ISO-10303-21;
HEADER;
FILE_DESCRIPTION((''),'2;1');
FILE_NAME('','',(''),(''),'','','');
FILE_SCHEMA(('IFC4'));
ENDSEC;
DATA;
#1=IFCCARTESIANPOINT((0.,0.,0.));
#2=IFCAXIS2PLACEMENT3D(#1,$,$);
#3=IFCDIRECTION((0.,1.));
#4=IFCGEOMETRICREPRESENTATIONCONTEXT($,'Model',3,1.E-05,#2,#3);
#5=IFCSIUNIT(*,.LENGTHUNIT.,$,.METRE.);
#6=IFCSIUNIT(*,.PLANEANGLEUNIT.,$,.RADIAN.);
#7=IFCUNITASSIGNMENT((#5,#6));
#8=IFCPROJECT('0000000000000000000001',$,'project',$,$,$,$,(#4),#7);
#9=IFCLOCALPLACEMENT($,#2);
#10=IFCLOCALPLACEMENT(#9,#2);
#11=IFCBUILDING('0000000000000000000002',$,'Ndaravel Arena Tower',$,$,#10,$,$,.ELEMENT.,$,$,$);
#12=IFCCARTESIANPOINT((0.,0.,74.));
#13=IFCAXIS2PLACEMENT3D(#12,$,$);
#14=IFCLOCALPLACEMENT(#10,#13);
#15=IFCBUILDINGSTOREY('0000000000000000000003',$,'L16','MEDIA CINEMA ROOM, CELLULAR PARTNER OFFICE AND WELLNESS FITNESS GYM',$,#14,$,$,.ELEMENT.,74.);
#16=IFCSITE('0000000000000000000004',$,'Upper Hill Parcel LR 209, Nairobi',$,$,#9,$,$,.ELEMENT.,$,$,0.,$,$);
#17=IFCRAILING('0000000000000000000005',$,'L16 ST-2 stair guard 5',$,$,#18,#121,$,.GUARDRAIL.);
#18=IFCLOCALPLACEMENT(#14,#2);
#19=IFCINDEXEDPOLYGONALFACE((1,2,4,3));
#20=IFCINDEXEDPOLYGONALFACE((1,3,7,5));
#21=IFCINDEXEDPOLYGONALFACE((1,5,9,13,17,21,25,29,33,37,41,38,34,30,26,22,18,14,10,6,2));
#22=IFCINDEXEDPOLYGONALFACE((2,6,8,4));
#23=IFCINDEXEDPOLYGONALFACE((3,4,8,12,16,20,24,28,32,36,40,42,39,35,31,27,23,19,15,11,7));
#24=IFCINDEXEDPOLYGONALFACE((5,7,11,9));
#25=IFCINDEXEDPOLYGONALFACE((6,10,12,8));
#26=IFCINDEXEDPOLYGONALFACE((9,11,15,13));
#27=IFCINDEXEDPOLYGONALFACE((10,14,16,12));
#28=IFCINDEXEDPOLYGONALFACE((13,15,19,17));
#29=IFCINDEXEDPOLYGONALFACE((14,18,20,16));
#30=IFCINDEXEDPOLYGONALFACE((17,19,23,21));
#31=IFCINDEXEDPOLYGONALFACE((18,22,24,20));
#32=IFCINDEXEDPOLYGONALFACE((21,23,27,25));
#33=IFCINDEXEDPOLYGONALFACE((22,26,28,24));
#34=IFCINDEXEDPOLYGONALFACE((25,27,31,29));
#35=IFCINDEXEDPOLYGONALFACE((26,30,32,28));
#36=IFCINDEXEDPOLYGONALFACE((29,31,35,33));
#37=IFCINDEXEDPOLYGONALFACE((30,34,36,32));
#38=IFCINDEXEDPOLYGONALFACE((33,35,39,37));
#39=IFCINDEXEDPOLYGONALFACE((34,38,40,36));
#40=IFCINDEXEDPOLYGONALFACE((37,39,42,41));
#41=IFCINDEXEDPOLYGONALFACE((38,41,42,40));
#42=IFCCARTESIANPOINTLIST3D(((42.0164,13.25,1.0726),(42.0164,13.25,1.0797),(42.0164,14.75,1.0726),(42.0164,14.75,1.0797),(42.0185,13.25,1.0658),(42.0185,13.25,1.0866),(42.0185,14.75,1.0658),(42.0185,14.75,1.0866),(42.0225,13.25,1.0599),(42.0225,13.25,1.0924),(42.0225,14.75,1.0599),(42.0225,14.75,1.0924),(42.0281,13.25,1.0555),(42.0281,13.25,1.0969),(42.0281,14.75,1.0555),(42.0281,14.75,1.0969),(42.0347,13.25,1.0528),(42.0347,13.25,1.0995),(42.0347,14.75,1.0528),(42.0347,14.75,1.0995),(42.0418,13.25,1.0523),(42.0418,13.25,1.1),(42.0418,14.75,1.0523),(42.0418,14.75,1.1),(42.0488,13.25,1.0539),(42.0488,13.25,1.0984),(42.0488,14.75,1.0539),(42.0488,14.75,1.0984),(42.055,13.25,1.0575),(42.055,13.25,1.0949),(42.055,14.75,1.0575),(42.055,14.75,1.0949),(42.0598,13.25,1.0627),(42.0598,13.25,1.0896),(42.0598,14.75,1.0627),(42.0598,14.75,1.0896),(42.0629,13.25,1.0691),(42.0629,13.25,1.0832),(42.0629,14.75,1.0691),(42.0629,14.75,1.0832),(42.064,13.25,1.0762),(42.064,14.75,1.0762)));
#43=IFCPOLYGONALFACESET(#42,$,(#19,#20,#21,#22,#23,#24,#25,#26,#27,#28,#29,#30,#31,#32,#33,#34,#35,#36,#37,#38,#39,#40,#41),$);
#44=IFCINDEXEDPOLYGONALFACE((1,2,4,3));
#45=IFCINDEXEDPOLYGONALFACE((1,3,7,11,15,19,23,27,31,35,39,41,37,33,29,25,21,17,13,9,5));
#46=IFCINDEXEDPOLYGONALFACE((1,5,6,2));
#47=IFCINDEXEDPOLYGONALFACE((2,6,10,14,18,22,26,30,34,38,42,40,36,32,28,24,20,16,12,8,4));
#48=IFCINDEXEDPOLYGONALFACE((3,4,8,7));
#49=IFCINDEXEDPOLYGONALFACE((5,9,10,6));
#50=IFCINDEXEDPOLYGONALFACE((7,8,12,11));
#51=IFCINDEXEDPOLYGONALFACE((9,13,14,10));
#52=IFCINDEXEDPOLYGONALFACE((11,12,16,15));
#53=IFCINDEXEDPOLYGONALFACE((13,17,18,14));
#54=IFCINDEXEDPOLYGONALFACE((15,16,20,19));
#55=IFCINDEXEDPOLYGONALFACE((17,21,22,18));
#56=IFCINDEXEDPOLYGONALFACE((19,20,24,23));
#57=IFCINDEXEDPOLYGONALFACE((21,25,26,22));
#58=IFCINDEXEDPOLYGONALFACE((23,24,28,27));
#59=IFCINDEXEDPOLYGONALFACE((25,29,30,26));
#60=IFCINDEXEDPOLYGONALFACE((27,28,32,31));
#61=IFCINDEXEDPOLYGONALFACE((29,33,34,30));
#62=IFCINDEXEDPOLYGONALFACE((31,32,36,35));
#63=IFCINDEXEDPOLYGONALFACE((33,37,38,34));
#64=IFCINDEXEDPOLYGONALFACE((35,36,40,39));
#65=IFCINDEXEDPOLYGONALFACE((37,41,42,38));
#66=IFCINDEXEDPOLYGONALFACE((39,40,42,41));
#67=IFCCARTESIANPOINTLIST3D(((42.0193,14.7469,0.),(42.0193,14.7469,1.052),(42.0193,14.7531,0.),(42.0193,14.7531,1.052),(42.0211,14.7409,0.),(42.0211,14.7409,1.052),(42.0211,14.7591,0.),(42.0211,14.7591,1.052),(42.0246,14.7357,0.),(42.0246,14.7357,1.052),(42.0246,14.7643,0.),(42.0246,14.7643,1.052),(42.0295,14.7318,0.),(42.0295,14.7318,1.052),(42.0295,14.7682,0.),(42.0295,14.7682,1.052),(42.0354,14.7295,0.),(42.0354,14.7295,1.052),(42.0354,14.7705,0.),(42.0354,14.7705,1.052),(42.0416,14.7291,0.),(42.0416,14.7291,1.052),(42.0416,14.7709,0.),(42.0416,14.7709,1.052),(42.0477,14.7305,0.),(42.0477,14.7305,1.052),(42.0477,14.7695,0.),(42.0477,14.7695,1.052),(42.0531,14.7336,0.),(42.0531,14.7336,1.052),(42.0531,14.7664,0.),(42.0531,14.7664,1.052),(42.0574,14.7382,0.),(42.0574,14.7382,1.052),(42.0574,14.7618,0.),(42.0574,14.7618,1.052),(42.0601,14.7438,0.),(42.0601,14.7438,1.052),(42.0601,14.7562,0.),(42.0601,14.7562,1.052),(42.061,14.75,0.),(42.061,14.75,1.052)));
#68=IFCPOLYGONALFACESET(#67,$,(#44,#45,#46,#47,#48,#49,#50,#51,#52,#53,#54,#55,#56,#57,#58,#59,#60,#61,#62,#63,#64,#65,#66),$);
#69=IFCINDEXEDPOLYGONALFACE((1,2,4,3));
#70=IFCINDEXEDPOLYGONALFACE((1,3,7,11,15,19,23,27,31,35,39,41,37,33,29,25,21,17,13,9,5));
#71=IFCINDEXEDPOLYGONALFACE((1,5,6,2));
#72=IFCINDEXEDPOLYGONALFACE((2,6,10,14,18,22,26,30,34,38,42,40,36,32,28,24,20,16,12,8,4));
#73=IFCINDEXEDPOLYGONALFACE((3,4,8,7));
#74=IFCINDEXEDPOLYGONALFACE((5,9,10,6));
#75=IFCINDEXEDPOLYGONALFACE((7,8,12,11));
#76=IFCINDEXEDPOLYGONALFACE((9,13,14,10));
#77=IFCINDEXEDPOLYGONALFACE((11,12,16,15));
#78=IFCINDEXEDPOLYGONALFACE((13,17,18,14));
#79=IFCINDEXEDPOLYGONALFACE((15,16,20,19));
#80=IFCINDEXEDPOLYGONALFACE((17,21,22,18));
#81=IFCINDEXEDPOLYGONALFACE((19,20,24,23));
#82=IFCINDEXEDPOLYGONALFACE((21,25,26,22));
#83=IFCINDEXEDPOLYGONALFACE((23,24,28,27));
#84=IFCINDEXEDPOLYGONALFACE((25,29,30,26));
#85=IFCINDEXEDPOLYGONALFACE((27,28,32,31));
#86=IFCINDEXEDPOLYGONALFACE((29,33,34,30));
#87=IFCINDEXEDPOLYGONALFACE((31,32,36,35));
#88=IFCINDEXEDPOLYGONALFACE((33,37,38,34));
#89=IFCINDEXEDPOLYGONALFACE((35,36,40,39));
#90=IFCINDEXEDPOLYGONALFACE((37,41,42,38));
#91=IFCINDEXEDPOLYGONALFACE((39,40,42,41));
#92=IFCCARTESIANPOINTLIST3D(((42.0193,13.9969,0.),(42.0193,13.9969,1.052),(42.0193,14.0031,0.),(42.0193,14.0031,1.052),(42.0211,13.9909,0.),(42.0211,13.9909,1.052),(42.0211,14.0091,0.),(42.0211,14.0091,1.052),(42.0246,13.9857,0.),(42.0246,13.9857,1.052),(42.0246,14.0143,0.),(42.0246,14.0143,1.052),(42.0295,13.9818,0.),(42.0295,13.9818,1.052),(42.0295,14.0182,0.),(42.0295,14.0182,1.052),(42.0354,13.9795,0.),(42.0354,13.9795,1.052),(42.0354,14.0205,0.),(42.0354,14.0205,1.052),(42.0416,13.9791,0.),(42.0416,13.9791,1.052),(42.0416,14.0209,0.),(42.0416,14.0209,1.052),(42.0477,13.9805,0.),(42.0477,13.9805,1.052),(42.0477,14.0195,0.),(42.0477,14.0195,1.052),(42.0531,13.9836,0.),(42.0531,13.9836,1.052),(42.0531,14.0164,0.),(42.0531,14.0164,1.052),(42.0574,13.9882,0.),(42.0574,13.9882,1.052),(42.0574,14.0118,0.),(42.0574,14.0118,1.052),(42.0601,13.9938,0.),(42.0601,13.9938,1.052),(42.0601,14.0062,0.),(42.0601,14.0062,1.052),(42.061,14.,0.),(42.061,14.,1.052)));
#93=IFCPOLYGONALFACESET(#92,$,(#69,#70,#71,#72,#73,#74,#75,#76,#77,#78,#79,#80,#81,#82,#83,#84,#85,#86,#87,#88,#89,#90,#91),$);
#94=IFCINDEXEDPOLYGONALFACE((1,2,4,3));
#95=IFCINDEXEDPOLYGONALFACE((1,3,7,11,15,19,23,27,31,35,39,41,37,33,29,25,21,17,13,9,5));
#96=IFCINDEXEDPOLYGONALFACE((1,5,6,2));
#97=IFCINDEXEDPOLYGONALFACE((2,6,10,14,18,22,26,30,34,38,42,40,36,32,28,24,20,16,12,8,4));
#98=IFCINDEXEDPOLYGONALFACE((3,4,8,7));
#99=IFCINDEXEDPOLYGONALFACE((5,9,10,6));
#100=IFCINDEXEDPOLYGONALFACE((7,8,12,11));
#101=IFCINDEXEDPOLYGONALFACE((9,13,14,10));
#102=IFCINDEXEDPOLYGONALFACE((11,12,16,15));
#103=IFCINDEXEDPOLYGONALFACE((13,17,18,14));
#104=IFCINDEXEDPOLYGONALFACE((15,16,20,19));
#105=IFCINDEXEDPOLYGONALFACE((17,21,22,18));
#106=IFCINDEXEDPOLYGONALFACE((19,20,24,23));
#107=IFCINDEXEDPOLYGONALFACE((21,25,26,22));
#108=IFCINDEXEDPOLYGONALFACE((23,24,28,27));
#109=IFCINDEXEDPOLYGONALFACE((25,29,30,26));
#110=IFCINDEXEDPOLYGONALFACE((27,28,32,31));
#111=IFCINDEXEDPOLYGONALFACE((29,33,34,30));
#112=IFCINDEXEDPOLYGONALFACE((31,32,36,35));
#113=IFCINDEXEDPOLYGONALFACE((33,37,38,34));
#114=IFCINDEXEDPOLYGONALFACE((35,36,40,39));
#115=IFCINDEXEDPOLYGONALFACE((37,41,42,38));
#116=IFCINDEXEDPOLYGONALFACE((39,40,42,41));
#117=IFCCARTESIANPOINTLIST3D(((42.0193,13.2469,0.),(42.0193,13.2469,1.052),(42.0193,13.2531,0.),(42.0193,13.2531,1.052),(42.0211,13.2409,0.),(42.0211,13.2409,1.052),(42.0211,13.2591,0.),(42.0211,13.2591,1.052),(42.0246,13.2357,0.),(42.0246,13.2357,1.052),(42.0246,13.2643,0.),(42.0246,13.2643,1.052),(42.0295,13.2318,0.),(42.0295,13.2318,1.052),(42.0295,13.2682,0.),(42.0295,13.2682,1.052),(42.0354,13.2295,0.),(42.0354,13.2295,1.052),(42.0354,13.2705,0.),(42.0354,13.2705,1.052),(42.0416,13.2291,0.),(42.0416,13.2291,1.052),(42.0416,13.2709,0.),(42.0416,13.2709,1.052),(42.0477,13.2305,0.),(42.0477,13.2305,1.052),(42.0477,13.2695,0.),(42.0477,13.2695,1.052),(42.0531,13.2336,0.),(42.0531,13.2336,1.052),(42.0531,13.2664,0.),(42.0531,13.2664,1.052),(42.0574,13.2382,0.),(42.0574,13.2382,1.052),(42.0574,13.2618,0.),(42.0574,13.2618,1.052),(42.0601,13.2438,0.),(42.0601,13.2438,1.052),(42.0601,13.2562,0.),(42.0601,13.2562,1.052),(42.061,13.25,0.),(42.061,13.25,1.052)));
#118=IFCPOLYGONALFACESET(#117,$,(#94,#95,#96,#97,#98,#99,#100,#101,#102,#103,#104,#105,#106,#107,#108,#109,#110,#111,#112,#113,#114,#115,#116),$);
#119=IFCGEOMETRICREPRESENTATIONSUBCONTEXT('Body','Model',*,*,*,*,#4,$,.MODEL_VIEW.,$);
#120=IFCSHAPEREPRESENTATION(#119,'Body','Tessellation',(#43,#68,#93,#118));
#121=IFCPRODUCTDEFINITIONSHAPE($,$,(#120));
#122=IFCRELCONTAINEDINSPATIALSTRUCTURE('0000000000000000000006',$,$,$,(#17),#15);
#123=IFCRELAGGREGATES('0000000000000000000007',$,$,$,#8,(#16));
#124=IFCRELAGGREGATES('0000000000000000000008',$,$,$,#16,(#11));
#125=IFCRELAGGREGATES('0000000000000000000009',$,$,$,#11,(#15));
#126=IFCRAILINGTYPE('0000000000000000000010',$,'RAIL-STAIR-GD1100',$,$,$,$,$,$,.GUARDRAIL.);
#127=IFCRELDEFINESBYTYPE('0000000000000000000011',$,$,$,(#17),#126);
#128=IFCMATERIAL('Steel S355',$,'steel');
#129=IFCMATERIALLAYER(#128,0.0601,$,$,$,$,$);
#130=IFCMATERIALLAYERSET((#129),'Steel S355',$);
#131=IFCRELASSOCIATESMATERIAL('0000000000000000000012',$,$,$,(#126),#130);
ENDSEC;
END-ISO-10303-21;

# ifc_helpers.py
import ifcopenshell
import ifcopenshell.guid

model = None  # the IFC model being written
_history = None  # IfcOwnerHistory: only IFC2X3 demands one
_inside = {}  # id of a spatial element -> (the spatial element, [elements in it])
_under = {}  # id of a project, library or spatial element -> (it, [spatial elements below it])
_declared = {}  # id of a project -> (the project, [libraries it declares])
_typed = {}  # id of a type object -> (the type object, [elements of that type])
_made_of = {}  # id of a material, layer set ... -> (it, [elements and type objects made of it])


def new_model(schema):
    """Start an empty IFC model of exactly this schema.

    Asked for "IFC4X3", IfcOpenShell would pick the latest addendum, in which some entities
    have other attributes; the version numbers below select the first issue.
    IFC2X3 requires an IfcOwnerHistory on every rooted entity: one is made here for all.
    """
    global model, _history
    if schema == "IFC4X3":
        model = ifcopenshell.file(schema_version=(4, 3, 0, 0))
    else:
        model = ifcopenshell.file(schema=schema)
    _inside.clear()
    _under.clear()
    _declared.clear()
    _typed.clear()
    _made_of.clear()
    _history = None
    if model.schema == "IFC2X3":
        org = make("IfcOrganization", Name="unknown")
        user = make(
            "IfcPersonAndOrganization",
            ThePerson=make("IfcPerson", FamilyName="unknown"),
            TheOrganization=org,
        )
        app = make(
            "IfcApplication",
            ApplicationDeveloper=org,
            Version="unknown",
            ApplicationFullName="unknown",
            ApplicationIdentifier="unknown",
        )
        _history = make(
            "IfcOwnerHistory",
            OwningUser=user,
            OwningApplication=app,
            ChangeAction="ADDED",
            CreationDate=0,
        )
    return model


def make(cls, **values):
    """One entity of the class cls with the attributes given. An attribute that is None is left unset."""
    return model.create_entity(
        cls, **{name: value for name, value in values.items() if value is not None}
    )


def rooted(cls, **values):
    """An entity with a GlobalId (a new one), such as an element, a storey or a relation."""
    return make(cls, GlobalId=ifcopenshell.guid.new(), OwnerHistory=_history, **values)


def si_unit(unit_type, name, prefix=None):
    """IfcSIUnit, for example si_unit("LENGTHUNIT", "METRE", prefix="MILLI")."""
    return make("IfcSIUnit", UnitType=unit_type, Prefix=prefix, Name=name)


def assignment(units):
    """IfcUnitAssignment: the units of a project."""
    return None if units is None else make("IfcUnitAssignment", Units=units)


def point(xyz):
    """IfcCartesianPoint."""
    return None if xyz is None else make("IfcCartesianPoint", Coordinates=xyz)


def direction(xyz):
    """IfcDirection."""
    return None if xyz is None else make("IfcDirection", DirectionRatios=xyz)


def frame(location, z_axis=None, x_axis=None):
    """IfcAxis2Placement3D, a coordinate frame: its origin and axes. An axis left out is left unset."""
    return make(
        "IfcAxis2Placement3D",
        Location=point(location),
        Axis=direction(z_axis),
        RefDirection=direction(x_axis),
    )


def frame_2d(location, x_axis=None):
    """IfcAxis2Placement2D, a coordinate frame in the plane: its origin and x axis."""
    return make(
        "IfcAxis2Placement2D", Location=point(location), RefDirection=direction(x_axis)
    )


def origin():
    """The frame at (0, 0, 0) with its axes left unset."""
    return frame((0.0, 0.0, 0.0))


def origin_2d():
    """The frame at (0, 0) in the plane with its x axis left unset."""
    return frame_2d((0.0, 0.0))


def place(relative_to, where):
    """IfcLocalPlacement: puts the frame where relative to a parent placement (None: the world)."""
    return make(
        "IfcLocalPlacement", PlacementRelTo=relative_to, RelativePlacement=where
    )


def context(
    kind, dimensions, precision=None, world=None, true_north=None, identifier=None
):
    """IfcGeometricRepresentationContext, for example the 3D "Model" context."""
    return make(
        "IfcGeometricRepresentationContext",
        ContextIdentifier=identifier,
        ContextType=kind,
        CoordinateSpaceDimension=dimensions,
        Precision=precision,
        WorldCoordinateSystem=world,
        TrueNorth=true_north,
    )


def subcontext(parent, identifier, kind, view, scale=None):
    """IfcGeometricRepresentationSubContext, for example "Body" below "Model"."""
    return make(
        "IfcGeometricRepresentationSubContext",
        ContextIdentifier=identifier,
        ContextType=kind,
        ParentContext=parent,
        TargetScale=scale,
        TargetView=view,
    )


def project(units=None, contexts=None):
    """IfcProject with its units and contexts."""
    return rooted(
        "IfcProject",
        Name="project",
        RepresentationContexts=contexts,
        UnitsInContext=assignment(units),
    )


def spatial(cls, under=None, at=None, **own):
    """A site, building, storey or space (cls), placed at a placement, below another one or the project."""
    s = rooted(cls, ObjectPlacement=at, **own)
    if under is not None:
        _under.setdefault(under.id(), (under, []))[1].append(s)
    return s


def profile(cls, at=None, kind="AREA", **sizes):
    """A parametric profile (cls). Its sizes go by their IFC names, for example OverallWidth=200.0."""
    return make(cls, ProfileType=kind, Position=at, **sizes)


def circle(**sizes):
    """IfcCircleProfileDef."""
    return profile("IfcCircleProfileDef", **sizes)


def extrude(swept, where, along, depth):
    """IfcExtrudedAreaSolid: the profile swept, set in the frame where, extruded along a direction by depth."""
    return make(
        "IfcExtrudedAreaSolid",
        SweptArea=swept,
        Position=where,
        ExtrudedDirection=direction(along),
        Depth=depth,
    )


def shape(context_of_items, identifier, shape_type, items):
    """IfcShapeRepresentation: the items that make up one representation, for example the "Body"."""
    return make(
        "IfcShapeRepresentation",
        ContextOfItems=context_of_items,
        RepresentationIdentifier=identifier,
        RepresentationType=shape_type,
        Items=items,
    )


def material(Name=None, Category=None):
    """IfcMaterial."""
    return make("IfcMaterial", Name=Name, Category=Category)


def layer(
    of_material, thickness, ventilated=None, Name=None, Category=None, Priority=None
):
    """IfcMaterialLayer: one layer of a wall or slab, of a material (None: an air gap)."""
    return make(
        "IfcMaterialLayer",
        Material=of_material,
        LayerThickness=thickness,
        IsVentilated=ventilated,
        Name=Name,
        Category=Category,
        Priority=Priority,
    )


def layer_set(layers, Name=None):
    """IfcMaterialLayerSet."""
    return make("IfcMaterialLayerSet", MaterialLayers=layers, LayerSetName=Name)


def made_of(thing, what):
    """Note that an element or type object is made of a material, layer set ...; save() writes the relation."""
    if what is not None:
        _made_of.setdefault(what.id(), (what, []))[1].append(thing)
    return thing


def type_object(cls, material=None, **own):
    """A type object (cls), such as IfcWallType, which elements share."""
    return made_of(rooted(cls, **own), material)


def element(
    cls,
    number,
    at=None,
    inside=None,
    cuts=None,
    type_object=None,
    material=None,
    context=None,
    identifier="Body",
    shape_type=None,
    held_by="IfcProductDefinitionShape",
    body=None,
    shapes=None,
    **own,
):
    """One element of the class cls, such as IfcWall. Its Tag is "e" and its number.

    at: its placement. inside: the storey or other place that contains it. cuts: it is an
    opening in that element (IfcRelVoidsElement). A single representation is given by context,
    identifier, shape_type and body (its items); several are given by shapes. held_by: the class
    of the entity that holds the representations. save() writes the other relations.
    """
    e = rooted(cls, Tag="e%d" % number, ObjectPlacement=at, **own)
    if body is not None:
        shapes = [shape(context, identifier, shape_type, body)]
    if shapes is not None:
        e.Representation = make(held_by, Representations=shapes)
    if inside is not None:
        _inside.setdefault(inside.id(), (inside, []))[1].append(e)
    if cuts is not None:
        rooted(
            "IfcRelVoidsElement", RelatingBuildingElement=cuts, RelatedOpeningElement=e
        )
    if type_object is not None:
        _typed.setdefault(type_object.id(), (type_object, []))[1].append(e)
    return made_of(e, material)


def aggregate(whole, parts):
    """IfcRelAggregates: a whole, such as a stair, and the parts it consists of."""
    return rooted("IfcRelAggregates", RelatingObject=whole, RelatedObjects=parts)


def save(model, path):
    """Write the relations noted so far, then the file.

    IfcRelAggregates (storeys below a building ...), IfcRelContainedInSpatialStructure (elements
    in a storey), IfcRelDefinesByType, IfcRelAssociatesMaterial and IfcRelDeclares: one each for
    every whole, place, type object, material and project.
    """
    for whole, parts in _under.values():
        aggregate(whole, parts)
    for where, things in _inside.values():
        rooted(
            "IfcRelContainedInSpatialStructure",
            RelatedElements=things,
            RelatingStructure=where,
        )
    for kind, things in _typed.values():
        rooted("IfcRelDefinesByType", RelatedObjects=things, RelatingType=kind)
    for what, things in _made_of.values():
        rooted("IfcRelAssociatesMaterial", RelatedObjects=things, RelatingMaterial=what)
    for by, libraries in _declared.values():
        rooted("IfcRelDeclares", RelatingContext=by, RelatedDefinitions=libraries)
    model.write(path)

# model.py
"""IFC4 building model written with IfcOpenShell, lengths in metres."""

from ifc_helpers import new_model, si_unit, direction, frame, origin, origin_2d, place, context, subcontext, project, spatial, circle, extrude, material, layer, layer_set, type_object, element, save


model = new_model("IFC4")

# Units and contexts
model_context = context("Model", 3, precision=1e-05, world=origin(), true_north=direction((0.0, 1.0)))
body_context = subcontext(model_context, "Body", "Model", "MODEL_VIEW")
ifc_project = project(units=[si_unit("LENGTHUNIT", "METRE"), si_unit("PLANEANGLEUNIT", "RADIAN")], contexts=[model_context])

# Site, building, storey
site_placement = place(None, origin())
site = spatial("IfcSite", under=ifc_project, at=site_placement, Name="Upper Hill Parcel LR 209, Nairobi", CompositionType="ELEMENT", RefElevation=0.0)
building_placement = place(site_placement, origin())
building = spatial("IfcBuilding", under=site, at=building_placement, Name="Ndaravel Arena Tower", CompositionType="ELEMENT")
storey_placement = place(building_placement, frame((0.0, 0.0, 74.0)))
storey = spatial("IfcBuildingStorey", under=building, at=storey_placement, Name="L16", Description="MEDIA CINEMA ROOM, CELLULAR PARTNER OFFICE AND WELLNESS FITNESS GYM", CompositionType="ELEMENT", Elevation=74.0)

# Railing
ifc_material_1 = material(Name="Steel S355", Category="steel")
ifc_layer_1 = layer(ifc_material_1, 0.0601)
ifc_layer_set_1 = layer_set([ifc_layer_1], Name="Steel S355")
railing_type = type_object("IfcRailingType", Name="RAIL-STAIR-GD1100", PredefinedType="GUARDRAIL", material=ifc_layer_set_1)
for number, where, name in (
    (1, (42.04, 14.75, 0.0), "L16 ST-2 stair guard 5"),
):
    element("IfcRailing", number, at=place(storey_placement, frame(where)), inside=storey, type_object=railing_type, Name=name, PredefinedType="GUARDRAIL", context=body_context, shape_type="SweptSolid", body=[
        extrude(circle(Radius=0.0239, at=origin_2d()), frame((0.0, 0.0, 1.0762), z_axis=(0.0, -1.0, 0.0), x_axis=(1.0, 0.0, 0.0)), (0.0, 0.0, 1.0), 1.5),
        extrude(circle(Radius=0.021, at=origin_2d()), origin(), (0.0, 0.0, 1.0), 1.052),
        extrude(circle(Radius=0.021, at=origin_2d()), frame((0.0, -0.75, 0.0)), (0.0, 0.0, 1.0), 1.052),
        extrude(circle(Radius=0.021, at=origin_2d()), frame((0.0, -1.5, 0.0)), (0.0, 0.0, 1.0), 1.052),
    ])

save(model, "model.ifc")
